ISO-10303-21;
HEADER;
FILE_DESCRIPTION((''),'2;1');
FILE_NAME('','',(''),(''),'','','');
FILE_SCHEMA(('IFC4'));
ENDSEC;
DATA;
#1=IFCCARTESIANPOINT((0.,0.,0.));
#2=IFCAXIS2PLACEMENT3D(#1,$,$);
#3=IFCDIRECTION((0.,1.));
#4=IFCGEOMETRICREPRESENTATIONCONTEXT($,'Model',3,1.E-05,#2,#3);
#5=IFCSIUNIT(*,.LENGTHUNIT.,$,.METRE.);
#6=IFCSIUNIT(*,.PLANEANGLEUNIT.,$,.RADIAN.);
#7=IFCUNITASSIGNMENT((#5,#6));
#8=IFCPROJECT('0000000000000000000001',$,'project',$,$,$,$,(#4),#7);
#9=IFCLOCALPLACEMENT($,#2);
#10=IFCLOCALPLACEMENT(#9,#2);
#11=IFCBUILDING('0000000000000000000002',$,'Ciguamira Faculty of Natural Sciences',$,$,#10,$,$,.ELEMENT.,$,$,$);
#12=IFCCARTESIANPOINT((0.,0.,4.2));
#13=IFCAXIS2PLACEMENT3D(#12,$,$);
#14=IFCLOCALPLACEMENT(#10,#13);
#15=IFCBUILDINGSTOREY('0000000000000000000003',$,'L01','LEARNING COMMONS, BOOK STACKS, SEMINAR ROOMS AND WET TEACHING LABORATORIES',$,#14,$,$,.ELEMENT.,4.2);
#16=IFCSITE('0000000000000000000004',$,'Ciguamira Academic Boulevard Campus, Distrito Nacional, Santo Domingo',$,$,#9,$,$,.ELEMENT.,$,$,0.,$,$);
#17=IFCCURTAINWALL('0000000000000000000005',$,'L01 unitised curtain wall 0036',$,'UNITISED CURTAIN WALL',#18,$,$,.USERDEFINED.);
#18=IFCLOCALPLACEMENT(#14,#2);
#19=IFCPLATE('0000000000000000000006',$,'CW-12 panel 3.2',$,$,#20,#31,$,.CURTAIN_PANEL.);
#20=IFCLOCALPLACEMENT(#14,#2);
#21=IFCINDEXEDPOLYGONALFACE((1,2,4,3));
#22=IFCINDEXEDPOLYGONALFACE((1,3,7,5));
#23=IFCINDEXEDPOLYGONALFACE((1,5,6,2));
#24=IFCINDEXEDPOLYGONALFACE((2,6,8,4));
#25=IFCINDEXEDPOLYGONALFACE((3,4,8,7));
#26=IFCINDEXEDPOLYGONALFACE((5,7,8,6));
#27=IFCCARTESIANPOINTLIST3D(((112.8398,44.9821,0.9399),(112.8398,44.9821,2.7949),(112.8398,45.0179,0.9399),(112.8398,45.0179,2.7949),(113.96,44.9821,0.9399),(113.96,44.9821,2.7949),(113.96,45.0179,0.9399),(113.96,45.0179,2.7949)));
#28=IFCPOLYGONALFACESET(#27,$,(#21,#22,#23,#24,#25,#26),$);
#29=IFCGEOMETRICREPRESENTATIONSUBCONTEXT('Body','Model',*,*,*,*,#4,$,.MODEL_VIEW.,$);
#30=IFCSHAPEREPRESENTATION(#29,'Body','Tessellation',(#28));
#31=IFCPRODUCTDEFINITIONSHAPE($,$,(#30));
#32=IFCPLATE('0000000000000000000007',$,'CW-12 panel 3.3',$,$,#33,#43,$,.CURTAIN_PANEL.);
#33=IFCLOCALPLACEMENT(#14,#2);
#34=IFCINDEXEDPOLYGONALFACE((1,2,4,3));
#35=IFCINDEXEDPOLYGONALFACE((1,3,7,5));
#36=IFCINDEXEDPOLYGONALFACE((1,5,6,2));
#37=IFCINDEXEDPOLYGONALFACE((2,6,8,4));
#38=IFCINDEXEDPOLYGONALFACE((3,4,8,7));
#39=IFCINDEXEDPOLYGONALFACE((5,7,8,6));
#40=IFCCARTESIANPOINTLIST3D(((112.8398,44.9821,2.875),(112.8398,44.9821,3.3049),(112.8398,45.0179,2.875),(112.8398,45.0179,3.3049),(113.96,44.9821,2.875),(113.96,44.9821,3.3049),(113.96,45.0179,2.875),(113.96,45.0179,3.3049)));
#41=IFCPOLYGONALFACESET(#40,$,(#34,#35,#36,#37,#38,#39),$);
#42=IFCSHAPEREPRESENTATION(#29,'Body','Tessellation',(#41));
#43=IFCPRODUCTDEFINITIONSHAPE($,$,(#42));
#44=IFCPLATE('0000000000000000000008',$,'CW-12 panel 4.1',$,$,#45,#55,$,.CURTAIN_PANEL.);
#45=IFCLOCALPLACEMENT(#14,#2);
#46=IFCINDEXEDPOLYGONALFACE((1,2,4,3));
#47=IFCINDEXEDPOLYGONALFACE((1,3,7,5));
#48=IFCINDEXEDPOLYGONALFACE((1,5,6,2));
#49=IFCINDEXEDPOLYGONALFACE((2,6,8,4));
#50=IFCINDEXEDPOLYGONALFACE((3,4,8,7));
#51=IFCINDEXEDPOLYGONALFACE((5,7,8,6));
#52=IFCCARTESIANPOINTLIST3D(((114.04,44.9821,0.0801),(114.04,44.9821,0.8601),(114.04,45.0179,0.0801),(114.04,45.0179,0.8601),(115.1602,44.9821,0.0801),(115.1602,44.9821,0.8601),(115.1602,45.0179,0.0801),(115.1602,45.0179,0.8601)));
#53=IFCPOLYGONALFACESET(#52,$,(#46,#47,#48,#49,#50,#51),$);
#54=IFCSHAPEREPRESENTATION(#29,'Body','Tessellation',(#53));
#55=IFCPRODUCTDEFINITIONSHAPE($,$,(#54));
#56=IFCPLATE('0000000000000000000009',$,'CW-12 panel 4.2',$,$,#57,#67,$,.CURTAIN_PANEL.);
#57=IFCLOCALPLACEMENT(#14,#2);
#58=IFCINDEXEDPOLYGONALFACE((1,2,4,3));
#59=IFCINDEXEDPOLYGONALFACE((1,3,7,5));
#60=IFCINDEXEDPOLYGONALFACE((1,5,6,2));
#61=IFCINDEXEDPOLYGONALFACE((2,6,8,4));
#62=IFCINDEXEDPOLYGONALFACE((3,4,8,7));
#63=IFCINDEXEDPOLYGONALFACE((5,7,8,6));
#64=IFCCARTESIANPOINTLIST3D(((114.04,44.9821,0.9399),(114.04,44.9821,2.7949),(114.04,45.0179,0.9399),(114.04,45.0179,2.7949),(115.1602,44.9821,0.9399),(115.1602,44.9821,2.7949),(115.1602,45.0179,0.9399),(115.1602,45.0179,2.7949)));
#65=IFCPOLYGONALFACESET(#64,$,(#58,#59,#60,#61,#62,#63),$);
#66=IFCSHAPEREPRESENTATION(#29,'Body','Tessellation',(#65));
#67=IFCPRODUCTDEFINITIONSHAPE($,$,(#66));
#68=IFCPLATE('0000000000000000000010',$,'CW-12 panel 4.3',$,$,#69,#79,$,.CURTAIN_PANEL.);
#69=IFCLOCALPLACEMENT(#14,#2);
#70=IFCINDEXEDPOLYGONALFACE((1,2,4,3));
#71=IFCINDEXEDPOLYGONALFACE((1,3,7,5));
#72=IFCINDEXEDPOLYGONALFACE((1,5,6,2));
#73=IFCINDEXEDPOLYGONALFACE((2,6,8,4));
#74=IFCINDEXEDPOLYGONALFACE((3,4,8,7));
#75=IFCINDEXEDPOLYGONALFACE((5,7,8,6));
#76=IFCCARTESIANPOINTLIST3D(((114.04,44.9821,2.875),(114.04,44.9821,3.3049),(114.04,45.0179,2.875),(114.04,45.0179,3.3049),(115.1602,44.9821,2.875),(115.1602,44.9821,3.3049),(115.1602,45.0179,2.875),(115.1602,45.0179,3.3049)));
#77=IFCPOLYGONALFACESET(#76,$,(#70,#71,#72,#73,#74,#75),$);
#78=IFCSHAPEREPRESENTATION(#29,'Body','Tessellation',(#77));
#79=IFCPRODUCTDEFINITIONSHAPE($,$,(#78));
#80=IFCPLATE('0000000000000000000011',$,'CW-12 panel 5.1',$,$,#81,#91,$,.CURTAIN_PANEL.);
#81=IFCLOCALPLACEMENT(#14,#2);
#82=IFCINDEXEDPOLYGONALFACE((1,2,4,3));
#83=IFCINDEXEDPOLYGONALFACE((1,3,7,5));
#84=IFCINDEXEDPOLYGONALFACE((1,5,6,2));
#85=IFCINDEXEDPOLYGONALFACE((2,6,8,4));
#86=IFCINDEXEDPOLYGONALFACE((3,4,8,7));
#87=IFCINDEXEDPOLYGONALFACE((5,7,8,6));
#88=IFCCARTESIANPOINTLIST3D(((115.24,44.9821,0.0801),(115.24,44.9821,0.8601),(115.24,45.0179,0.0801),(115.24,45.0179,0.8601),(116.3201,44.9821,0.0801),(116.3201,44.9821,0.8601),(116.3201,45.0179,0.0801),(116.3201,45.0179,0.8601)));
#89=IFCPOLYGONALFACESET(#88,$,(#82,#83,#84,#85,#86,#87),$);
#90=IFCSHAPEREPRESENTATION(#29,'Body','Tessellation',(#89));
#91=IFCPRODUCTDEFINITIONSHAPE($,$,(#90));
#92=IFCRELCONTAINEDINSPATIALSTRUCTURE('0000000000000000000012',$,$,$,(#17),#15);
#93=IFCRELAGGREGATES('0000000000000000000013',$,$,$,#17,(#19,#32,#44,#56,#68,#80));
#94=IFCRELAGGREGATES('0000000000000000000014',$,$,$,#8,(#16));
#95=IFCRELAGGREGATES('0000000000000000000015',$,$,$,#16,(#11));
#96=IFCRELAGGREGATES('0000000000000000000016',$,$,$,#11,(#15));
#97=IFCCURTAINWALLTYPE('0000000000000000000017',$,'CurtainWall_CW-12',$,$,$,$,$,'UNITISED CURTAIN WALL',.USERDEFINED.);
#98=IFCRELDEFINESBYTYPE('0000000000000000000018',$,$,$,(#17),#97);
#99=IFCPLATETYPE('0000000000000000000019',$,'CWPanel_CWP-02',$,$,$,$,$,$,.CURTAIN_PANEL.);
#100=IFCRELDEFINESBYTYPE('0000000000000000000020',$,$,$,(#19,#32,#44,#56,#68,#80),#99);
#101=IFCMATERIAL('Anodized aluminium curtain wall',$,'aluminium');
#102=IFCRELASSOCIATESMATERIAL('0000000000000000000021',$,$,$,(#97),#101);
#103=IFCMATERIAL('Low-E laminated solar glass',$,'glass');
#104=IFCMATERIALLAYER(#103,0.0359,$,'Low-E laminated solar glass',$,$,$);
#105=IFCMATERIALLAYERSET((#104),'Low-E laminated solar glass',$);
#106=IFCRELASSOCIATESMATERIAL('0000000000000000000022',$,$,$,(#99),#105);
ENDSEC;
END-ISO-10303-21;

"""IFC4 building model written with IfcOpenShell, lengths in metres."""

from ifc_helpers import new_model, si_unit, direction, frame, origin, origin_2d, place, context, subcontext, project, spatial, rectangle, extrude, material, layer, layer_set, type_object, element, aggregate, save


model = new_model("IFC4")

# Units and contexts
model_context = context("Model", 3, precision=1e-05, world=origin(), true_north=direction((0.0, 1.0)))
body_context = subcontext(model_context, "Body", "Model", "MODEL_VIEW")
ifc_project = project(units=[si_unit("LENGTHUNIT", "METRE"), si_unit("PLANEANGLEUNIT", "RADIAN")], contexts=[model_context])

# Site, building, storey
site_placement = place(None, origin())
site = spatial("IfcSite", under=ifc_project, at=site_placement, Name="Ciguamira Academic Boulevard Campus, Distrito Nacional, Santo Domingo", CompositionType="ELEMENT", RefElevation=0.0)
building_placement = place(site_placement, origin())
building = spatial("IfcBuilding", under=site, at=building_placement, Name="Ciguamira Faculty of Natural Sciences", CompositionType="ELEMENT")
storey_placement = place(building_placement, frame((0.0, 0.0, 4.2)))
storey = spatial("IfcBuildingStorey", under=building, at=storey_placement, Name="L01", Description="LEARNING COMMONS, BOOK STACKS, SEMINAR ROOMS AND WET TEACHING LABORATORIES", CompositionType="ELEMENT", Elevation=4.2)

# Curtain wall, plates
ifc_material_1 = material(Name="Anodized aluminium curtain wall", Category="aluminium")
curtain_wall_type = type_object("IfcCurtainWallType", Name="CurtainWall_CW-12", ElementType="UNITISED CURTAIN WALL", PredefinedType="USERDEFINED", material=ifc_material_1)
curtain_wall_placement = place(storey_placement, origin())
curtain_wall = element("IfcCurtainWall", 1, at=curtain_wall_placement, inside=storey, type_object=curtain_wall_type, Name="L01 unitised curtain wall 0036", ObjectType="UNITISED CURTAIN WALL", PredefinedType="USERDEFINED")
ifc_material_2 = material(Name="Low-E laminated solar glass", Category="glass")
ifc_layer = layer(ifc_material_2, 0.0359, Name="Low-E laminated solar glass")
ifc_layer_set = layer_set([ifc_layer], Name="Low-E laminated solar glass")
plate_type = type_object("IfcPlateType", Name="CWPanel_CWP-02", PredefinedType="CURTAIN_PANEL", material=ifc_layer_set)
plate_1_placement = place(storey_placement, frame((113.3999, 45.0, 0.9399), z_axis=(0.0, 0.0, 1.0), x_axis=(1.0, 0.0, 0.0)))
plate_1 = element("IfcPlate", 2, at=plate_1_placement, type_object=plate_type, Name="CW-12 panel 3.2", PredefinedType="CURTAIN_PANEL", context=body_context, shape_type="SweptSolid", body=[
    extrude(rectangle(XDim=1.1201, YDim=0.0359, at=origin_2d()), origin(), (0.0, 0.0, 1.0), 1.855),
])
plate_2_placement = place(storey_placement, frame((113.3999, 45.0, 2.875), z_axis=(0.0, 0.0, 1.0), x_axis=(1.0, 0.0, 0.0)))
plate_2 = element("IfcPlate", 3, at=plate_2_placement, type_object=plate_type, Name="CW-12 panel 3.3", PredefinedType="CURTAIN_PANEL", context=body_context, shape_type="SweptSolid", body=[
    extrude(rectangle(XDim=1.1201, YDim=0.0359, at=origin_2d()), origin(), (0.0, 0.0, 1.0), 0.4299),
])
plate_3_placement = place(storey_placement, frame((114.6001, 45.0, 0.0801), z_axis=(0.0, 0.0, 1.0), x_axis=(1.0, 0.0, 0.0)))
plate_3 = element("IfcPlate", 4, at=plate_3_placement, type_object=plate_type, Name="CW-12 panel 4.1", PredefinedType="CURTAIN_PANEL", context=body_context, shape_type="SweptSolid", body=[
    extrude(rectangle(XDim=1.1201, YDim=0.0359, at=origin_2d()), origin(), (0.0, 0.0, 1.0), 0.78),
])
plate_4_placement = place(storey_placement, frame((114.6001, 45.0, 0.9399), z_axis=(0.0, 0.0, 1.0), x_axis=(1.0, 0.0, 0.0)))
plate_4 = element("IfcPlate", 5, at=plate_4_placement, type_object=plate_type, Name="CW-12 panel 4.2", PredefinedType="CURTAIN_PANEL", context=body_context, shape_type="SweptSolid", body=[
    extrude(rectangle(XDim=1.1201, YDim=0.0359, at=origin_2d()), origin(), (0.0, 0.0, 1.0), 1.855),
])
plate_5_placement = place(storey_placement, frame((114.6001, 45.0, 2.875), z_axis=(0.0, 0.0, 1.0), x_axis=(1.0, 0.0, 0.0)))
plate_5 = element("IfcPlate", 6, at=plate_5_placement, type_object=plate_type, Name="CW-12 panel 4.3", PredefinedType="CURTAIN_PANEL", context=body_context, shape_type="SweptSolid", body=[
    extrude(rectangle(XDim=1.1201, YDim=0.0359, at=origin_2d()), origin(), (0.0, 0.0, 1.0), 0.4299),
])
plate_6_placement = place(storey_placement, frame((115.78, 45.0, 0.0801), z_axis=(0.0, 0.0, 1.0), x_axis=(1.0, 0.0, 0.0)))
plate_6 = element("IfcPlate", 7, at=plate_6_placement, type_object=plate_type, Name="CW-12 panel 5.1", PredefinedType="CURTAIN_PANEL", context=body_context, shape_type="SweptSolid", body=[
    extrude(rectangle(XDim=1.0801, YDim=0.0359, at=origin_2d()), origin(), (0.0, 0.0, 1.0), 0.78),
])
aggregate(curtain_wall, [plate_1, plate_2, plate_3, plate_4, plate_5, plate_6])

save(model, "model.ifc")
